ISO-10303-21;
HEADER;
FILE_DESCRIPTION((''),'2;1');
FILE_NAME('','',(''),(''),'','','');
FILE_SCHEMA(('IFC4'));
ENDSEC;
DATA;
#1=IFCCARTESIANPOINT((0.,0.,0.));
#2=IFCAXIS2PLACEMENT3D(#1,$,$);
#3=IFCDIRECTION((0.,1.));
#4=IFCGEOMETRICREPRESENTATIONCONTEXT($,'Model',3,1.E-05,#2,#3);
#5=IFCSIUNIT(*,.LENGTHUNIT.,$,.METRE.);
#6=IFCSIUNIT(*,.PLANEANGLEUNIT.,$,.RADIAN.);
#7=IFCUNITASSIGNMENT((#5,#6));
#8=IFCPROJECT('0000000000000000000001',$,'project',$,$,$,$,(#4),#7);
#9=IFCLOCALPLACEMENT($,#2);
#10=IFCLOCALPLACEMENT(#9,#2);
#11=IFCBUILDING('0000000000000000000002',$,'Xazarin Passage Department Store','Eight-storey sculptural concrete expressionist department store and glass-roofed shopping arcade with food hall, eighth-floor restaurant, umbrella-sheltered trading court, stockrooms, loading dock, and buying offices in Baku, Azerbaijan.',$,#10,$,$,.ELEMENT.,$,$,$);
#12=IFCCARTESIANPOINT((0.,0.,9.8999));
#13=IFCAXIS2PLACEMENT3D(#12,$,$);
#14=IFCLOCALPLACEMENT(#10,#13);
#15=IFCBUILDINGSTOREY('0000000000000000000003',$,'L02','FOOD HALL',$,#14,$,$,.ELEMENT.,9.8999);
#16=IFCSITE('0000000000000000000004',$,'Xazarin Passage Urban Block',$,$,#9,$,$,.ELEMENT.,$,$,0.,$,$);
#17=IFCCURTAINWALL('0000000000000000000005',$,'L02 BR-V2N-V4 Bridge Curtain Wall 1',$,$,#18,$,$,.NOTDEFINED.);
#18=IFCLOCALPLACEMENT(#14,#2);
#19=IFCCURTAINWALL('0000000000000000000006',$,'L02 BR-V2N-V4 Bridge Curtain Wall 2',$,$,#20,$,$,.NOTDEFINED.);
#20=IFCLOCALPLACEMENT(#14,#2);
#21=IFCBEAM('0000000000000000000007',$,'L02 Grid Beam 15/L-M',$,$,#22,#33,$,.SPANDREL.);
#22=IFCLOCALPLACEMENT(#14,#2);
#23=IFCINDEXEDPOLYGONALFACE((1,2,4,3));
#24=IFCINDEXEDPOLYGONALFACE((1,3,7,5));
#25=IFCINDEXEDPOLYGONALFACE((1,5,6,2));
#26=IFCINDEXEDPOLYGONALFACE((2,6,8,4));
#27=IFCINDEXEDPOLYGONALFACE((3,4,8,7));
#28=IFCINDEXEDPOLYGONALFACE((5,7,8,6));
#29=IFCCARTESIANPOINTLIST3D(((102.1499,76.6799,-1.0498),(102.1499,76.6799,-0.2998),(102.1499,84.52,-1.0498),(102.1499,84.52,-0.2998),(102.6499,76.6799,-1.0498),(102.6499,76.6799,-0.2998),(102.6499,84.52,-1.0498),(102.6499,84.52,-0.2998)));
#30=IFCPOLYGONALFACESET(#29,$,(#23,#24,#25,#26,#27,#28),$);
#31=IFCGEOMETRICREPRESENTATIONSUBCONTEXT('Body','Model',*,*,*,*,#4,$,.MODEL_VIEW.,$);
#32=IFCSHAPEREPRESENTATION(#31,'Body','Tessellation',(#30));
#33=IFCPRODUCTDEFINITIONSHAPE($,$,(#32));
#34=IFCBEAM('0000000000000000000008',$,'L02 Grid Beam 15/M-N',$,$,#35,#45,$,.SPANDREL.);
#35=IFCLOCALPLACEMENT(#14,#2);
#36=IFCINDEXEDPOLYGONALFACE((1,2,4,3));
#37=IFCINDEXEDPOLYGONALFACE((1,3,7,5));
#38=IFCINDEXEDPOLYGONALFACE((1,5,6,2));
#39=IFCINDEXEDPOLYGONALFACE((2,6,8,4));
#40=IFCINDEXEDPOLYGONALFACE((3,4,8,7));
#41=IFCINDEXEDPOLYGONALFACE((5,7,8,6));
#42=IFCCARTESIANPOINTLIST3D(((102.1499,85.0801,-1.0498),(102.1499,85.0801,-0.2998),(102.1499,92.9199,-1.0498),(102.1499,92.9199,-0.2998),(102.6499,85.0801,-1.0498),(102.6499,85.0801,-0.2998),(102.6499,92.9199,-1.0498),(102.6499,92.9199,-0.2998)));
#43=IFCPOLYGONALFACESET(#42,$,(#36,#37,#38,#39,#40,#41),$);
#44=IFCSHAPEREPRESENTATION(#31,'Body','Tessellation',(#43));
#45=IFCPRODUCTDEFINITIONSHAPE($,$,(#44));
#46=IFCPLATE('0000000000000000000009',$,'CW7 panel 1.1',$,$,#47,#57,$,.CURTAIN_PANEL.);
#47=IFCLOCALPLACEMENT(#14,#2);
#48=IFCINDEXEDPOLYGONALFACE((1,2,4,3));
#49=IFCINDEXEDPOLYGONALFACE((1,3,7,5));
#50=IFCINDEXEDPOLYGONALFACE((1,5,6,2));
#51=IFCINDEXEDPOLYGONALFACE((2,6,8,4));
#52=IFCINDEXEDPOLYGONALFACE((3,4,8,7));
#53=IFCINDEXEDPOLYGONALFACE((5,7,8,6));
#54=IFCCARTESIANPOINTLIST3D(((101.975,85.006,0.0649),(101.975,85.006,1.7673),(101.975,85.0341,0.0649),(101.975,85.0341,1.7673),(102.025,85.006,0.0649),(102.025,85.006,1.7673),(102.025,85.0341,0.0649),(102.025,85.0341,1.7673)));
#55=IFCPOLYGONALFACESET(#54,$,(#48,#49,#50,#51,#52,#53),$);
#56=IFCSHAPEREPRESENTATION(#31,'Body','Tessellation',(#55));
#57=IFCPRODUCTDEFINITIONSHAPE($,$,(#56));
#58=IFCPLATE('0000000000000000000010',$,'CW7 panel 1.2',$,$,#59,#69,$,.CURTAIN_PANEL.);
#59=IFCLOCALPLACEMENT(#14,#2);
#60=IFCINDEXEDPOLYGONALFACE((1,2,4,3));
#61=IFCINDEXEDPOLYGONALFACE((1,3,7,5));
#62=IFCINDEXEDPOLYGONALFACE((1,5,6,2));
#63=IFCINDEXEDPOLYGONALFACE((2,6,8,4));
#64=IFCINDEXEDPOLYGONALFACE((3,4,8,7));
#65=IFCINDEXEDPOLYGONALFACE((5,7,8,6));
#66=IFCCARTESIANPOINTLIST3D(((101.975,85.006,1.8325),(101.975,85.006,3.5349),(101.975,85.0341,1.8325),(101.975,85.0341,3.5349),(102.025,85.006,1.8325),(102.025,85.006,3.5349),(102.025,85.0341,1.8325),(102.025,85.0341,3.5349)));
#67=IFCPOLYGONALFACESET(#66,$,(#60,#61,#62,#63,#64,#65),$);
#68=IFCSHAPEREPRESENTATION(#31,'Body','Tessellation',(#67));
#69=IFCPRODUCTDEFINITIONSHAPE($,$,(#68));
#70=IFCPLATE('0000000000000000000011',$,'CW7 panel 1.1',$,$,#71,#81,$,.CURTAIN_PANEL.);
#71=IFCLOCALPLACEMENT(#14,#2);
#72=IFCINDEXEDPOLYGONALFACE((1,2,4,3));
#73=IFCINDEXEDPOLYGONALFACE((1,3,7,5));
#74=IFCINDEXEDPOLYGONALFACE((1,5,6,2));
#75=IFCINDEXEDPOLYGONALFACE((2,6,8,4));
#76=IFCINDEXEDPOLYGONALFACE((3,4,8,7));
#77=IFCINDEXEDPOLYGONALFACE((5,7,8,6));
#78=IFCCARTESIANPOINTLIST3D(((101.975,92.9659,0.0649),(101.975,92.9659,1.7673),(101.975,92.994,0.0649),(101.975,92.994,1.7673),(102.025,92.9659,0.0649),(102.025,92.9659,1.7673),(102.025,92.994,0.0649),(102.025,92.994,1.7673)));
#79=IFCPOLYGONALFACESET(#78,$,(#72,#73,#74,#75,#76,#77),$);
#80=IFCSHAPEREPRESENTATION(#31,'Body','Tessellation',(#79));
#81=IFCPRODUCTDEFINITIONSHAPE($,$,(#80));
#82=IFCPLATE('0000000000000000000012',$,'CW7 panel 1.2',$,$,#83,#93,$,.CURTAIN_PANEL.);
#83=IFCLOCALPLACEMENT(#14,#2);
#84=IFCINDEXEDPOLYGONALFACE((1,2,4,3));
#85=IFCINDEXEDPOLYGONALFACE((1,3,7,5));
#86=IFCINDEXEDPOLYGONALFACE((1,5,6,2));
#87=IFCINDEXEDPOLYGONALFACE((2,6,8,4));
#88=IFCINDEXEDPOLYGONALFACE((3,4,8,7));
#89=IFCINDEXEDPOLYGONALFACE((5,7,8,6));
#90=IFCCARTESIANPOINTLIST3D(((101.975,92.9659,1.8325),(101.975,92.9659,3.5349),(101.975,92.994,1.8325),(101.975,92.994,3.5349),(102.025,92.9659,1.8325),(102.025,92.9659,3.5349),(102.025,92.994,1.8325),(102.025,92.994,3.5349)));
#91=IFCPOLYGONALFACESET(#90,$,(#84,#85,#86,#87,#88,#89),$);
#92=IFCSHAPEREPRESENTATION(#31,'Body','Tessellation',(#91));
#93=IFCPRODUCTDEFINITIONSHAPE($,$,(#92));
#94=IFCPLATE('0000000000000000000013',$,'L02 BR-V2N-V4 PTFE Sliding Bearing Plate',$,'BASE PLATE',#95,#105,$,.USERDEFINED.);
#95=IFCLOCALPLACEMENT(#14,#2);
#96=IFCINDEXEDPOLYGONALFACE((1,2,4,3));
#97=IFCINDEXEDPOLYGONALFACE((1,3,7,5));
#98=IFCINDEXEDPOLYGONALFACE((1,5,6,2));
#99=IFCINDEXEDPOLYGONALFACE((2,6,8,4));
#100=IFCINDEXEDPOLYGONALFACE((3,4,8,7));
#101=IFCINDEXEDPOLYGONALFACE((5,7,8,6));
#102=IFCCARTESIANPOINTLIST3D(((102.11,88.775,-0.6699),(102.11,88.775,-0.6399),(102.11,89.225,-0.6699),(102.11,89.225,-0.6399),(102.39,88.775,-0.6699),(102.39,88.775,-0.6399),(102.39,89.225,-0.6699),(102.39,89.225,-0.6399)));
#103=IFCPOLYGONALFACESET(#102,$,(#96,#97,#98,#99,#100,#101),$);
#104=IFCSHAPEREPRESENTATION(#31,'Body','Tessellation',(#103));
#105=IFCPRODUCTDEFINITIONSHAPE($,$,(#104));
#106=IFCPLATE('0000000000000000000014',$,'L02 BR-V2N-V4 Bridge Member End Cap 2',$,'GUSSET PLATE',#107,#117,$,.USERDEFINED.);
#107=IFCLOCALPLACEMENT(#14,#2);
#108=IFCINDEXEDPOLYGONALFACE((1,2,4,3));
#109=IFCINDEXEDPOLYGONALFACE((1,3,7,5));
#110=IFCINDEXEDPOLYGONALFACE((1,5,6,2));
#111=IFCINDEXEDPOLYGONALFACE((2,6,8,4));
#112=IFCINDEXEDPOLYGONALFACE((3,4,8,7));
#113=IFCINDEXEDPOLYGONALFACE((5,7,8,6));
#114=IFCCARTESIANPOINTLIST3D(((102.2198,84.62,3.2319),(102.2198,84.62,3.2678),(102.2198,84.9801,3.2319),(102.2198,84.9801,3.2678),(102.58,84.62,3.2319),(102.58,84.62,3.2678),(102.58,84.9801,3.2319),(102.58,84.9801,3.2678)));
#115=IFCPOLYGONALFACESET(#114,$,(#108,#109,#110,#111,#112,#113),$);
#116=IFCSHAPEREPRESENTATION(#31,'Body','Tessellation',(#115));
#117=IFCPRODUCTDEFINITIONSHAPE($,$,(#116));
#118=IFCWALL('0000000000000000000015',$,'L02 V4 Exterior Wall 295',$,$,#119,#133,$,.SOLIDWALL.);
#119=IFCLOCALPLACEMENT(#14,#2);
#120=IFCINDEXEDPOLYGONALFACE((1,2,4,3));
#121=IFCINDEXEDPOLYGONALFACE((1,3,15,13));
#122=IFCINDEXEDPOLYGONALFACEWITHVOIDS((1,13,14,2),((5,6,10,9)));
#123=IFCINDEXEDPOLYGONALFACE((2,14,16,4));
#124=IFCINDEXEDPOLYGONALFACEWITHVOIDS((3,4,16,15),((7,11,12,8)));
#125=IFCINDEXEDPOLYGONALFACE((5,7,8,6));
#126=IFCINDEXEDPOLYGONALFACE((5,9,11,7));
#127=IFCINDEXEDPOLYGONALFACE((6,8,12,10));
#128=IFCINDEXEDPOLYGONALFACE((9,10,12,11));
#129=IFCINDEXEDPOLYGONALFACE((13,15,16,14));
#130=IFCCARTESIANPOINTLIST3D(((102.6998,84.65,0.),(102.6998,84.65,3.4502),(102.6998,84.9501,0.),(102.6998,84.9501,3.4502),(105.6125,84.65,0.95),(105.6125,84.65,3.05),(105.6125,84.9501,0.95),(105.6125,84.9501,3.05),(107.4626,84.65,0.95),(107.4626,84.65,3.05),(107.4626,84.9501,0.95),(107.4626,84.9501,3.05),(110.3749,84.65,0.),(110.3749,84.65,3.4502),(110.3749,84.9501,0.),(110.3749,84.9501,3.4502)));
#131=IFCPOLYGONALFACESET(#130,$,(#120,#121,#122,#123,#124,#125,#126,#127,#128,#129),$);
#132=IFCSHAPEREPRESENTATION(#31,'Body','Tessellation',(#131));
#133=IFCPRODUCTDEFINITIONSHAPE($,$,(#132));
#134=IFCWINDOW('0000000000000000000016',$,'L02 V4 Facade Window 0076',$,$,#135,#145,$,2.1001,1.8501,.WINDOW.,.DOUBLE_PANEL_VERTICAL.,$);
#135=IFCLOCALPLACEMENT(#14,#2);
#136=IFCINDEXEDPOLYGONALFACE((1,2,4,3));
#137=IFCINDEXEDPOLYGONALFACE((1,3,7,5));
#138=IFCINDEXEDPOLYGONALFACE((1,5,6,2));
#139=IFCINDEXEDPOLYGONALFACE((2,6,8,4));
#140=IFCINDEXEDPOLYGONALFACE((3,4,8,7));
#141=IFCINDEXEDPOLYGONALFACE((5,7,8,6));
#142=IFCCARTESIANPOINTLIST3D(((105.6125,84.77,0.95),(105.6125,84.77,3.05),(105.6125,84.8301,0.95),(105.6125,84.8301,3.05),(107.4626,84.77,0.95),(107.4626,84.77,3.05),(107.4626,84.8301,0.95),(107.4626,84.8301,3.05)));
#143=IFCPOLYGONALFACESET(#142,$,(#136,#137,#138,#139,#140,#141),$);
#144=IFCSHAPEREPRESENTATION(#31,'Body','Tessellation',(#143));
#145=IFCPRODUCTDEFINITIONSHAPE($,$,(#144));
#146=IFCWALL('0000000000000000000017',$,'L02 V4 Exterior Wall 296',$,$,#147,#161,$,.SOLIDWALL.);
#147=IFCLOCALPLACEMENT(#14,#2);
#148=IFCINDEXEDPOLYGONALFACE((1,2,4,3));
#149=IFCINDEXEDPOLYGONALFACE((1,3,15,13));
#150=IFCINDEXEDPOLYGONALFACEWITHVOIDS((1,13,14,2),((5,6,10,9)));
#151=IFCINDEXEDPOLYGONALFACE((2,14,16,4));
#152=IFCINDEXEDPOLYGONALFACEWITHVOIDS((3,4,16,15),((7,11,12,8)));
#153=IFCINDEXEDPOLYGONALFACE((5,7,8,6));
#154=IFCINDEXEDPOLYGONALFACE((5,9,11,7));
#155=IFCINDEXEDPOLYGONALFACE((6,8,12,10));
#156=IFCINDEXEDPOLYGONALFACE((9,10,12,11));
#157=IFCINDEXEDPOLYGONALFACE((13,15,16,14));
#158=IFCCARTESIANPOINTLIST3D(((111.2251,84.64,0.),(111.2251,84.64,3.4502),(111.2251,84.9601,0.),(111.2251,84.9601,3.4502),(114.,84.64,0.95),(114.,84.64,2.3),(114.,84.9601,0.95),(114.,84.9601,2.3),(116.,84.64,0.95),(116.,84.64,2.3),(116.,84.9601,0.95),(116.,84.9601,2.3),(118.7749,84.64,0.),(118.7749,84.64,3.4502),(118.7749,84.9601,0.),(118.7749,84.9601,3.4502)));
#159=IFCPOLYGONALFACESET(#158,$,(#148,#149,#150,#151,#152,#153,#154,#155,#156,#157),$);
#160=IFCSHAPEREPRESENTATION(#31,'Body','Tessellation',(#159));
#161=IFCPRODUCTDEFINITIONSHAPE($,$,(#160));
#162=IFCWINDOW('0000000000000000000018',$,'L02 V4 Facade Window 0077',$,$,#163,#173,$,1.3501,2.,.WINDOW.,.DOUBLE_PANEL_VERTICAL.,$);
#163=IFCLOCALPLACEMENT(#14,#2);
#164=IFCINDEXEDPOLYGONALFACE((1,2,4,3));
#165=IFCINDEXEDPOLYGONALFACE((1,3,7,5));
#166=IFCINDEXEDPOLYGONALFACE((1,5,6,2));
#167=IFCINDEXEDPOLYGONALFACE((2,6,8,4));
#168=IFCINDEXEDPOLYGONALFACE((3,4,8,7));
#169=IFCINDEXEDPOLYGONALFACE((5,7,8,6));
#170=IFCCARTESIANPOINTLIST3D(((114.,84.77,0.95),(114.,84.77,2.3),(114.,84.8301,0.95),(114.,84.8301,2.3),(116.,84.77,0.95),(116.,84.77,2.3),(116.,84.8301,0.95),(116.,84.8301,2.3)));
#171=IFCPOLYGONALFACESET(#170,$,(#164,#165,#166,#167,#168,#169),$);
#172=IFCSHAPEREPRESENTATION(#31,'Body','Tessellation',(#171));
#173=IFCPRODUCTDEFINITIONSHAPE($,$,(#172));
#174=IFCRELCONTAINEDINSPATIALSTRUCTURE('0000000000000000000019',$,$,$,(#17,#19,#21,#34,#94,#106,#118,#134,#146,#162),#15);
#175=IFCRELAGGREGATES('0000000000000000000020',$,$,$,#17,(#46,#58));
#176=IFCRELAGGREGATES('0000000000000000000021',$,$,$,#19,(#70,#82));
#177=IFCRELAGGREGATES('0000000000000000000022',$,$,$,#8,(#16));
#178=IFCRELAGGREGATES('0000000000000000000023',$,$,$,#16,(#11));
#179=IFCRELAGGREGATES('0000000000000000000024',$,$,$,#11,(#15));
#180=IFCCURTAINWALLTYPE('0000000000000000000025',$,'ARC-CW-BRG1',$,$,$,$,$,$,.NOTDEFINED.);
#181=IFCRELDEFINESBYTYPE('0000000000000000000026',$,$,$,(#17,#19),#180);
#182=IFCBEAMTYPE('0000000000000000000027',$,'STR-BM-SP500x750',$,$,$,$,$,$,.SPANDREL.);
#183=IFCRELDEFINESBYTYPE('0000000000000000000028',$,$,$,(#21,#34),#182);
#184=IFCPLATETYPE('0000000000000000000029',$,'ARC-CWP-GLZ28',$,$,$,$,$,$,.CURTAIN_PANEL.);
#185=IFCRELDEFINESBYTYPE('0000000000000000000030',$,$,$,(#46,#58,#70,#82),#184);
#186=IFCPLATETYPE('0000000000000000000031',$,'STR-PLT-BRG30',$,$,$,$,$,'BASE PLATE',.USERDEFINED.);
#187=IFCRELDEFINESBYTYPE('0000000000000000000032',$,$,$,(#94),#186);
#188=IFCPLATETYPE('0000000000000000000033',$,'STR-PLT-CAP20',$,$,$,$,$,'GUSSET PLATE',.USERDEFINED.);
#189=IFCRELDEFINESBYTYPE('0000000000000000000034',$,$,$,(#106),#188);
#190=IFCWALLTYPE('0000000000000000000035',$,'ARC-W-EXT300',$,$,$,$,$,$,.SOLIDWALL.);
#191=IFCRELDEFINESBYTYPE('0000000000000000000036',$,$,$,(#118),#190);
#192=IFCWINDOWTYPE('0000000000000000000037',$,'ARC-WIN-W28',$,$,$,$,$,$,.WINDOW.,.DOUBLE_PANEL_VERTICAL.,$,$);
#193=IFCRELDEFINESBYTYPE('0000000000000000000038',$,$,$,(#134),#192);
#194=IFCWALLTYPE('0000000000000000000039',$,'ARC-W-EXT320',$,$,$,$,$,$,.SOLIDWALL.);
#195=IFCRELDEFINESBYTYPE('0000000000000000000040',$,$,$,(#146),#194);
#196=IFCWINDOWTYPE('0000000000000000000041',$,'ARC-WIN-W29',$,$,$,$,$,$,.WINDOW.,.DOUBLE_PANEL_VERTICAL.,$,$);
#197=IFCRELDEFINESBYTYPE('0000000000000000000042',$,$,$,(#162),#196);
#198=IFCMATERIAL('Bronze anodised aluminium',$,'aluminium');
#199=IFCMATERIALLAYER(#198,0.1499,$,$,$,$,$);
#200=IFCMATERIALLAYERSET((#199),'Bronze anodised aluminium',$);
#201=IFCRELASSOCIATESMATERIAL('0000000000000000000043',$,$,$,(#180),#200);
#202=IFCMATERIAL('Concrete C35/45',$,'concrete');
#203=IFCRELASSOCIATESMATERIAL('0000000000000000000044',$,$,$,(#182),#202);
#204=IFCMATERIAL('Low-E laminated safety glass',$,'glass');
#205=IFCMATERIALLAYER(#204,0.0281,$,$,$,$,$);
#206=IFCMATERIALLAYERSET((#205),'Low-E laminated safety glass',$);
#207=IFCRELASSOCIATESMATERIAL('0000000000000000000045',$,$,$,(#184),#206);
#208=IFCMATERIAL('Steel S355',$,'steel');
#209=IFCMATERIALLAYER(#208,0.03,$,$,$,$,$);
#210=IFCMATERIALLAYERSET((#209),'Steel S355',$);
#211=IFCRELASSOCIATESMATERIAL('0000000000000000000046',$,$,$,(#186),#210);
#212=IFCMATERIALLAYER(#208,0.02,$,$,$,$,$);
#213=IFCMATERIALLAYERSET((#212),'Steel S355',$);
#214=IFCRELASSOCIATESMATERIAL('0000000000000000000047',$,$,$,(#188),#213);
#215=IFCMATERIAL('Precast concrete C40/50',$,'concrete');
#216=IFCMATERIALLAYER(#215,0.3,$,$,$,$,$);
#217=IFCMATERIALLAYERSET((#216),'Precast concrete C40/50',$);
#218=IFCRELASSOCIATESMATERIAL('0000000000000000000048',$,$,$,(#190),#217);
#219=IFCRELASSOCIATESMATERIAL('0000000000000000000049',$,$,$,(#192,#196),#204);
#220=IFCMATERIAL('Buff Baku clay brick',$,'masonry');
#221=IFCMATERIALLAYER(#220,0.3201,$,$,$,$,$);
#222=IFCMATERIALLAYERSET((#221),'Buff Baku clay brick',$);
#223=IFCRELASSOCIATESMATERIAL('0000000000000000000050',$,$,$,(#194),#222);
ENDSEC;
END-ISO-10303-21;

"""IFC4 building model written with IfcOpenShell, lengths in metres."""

from ifc_helpers import new_model, si_unit, direction, frame, frame_2d, origin, origin_2d, place, context, subcontext, project, spatial, rectangle, extrude, material, layer, layer_set, material_profile, profile_set, type_object, element, fill, aggregate, save


model = new_model("IFC4")

# Units and contexts
model_context = context("Model", 3, precision=1e-05, world=origin(), true_north=direction((0.0, 1.0)))
body_context = subcontext(model_context, "Body", "Model", "MODEL_VIEW")
ifc_project = project(units=[si_unit("LENGTHUNIT", "METRE"), si_unit("PLANEANGLEUNIT", "RADIAN")], contexts=[model_context])

# Site, building, storey
site_placement = place(None, origin())
site = spatial("IfcSite", under=ifc_project, at=site_placement, Name="Xazarin Passage Urban Block", CompositionType="ELEMENT", RefElevation=0.0)
building_placement = place(site_placement, origin())
building = spatial("IfcBuilding", under=site, at=building_placement, Name="Xazarin Passage Department Store", Description="Eight-storey sculptural concrete expressionist department store and glass-roofed shopping arcade with food hall, eighth-floor restaurant, umbrella-sheltered trading court, stockrooms, loading dock, and buying offices in Baku, Azerbaijan.", CompositionType="ELEMENT")
storey_placement = place(building_placement, frame((0.0, 0.0, 9.8999)))
storey = spatial("IfcBuildingStorey", under=building, at=storey_placement, Name="L02", Description="FOOD HALL", CompositionType="ELEMENT", Elevation=9.8999)

# Curtain walls
ifc_material_1 = material(Name="Bronze anodised aluminium", Category="aluminium")
ifc_layer_1 = layer(ifc_material_1, 0.1499)
ifc_layer_set_1 = layer_set([ifc_layer_1], Name="Bronze anodised aluminium")
curtain_wall_type = type_object("IfcCurtainWallType", Name="ARC-CW-BRG1", PredefinedType="NOTDEFINED", material=ifc_layer_set_1)
curtain_wall_1_placement = place(storey_placement, origin())
curtain_wall_1 = element("IfcCurtainWall", 1, at=curtain_wall_1_placement, inside=storey, type_object=curtain_wall_type, Name="L02 BR-V2N-V4 Bridge Curtain Wall 1", PredefinedType="NOTDEFINED")
curtain_wall_2_placement = place(storey_placement, origin())
curtain_wall_2 = element("IfcCurtainWall", 2, at=curtain_wall_2_placement, inside=storey, type_object=curtain_wall_type, Name="L02 BR-V2N-V4 Bridge Curtain Wall 2", PredefinedType="NOTDEFINED")

# Beams
ifc_material_2 = material(Name="Steel S355", Category="steel")
ifc_material_3 = material(Name="Concrete C35/45", Category="concrete")
ifc_material_profile_1 = material_profile(ifc_material_3, rectangle(XDim=0.5, YDim=0.75, at=origin_2d()), Name="RC 500x750")
ifc_profile_set_1 = profile_set([ifc_material_profile_1], Name="Concrete C35/45")
beam_type_1 = type_object("IfcBeamType", Name="STR-BM-SP500x750", PredefinedType="SPANDREL", material=ifc_profile_set_1)
beam_1_placement = place(storey_placement, frame((102.3999, 76.6799, -0.6748), z_axis=(0.0, 1.0, 0.0), x_axis=(-1.0, 0.0, 0.0)))
element("IfcBeam", 3, at=beam_1_placement, inside=storey, type_object=beam_type_1, Name="L02 Grid Beam 15/L-M", PredefinedType="SPANDREL", context=body_context, shape_type="SweptSolid", body=[
    extrude(rectangle(XDim=0.5, YDim=0.75, at=origin_2d()), origin(), (0.0, 0.0, 1.0), 7.8401),
])
beam_2_placement = place(storey_placement, frame((102.3999, 85.0801, -0.6748), z_axis=(0.0, 1.0, 0.0), x_axis=(-1.0, 0.0, 0.0)))
element("IfcBeam", 4, at=beam_2_placement, inside=storey, type_object=beam_type_1, Name="L02 Grid Beam 15/M-N", PredefinedType="SPANDREL", context=body_context, shape_type="SweptSolid", body=[
    extrude(rectangle(XDim=0.5, YDim=0.75, at=origin_2d()), origin(), (0.0, 0.0, 1.0), 7.8398),
])

# Plates
ifc_material_4 = material(Name="Low-E laminated safety glass", Category="glass")
ifc_layer_2 = layer(ifc_material_4, 0.0281)
ifc_layer_set_2 = layer_set([ifc_layer_2], Name="Low-E laminated safety glass")
plate_type_1 = type_object("IfcPlateType", Name="ARC-CWP-GLZ28", PredefinedType="CURTAIN_PANEL", material=ifc_layer_set_2)
plate_1_placement = place(storey_placement, frame((102.0, 85.02, 0.0649), z_axis=(0.0, 0.0, 1.0), x_axis=(1.0, 0.0, 0.0)))
plate_1 = element("IfcPlate", 5, at=plate_1_placement, type_object=plate_type_1, Name="CW7 panel 1.1", PredefinedType="CURTAIN_PANEL", context=body_context, shape_type="SweptSolid", body=[
    extrude(rectangle(XDim=0.05, YDim=0.0281, at=origin_2d()), origin(), (0.0, 0.0, 1.0), 1.7024),
])
plate_2_placement = place(storey_placement, frame((102.0, 85.02, 1.8325), z_axis=(0.0, 0.0, 1.0), x_axis=(1.0, 0.0, 0.0)))
plate_2 = element("IfcPlate", 6, at=plate_2_placement, type_object=plate_type_1, Name="CW7 panel 1.2", PredefinedType="CURTAIN_PANEL", context=body_context, shape_type="SweptSolid", body=[
    extrude(rectangle(XDim=0.05, YDim=0.0281, at=origin_2d()), origin(), (0.0, 0.0, 1.0), 1.7024),
])
aggregate(curtain_wall_1, [plate_1, plate_2])
plate_3_placement = place(storey_placement, frame((102.0, 92.98, 0.0649), z_axis=(0.0, 0.0, 1.0), x_axis=(1.0, 0.0, 0.0)))
plate_3 = element("IfcPlate", 7, at=plate_3_placement, type_object=plate_type_1, Name="CW7 panel 1.1", PredefinedType="CURTAIN_PANEL", context=body_context, shape_type="SweptSolid", body=[
    extrude(rectangle(XDim=0.05, YDim=0.0281, at=origin_2d()), origin(), (0.0, 0.0, 1.0), 1.7024),
])
plate_4_placement = place(storey_placement, frame((102.0, 92.98, 1.8325), z_axis=(0.0, 0.0, 1.0), x_axis=(1.0, 0.0, 0.0)))
plate_4 = element("IfcPlate", 8, at=plate_4_placement, type_object=plate_type_1, Name="CW7 panel 1.2", PredefinedType="CURTAIN_PANEL", context=body_context, shape_type="SweptSolid", body=[
    extrude(rectangle(XDim=0.05, YDim=0.0281, at=origin_2d()), origin(), (0.0, 0.0, 1.0), 1.7024),
])
aggregate(curtain_wall_2, [plate_3, plate_4])

# Plates
ifc_layer_3 = layer(ifc_material_2, 0.03)
ifc_layer_set_3 = layer_set([ifc_layer_3], Name="Steel S355")
plate_type_2 = type_object("IfcPlateType", Name="STR-PLT-BRG30", ElementType="BASE PLATE", PredefinedType="USERDEFINED", material=ifc_layer_set_3)
plate_5_placement = place(storey_placement, frame((102.25, 89.0, -0.6699), z_axis=(0.0, 0.0, 1.0), x_axis=(1.0, 0.0, 0.0)))
element("IfcPlate", 9, at=plate_5_placement, inside=storey, type_object=plate_type_2, Name="L02 BR-V2N-V4 PTFE Sliding Bearing Plate", ObjectType="BASE PLATE", PredefinedType="USERDEFINED", context=body_context, shape_type="SweptSolid", body=[
    extrude(rectangle(XDim=0.28, YDim=0.45, at=origin_2d()), origin(), (0.0, 0.0, 1.0), 0.03),
])
ifc_layer_4 = layer(ifc_material_2, 0.02)
ifc_layer_set_4 = layer_set([ifc_layer_4], Name="Steel S355")
plate_type_3 = type_object("IfcPlateType", Name="STR-PLT-CAP20", ElementType="GUSSET PLATE", PredefinedType="USERDEFINED", material=ifc_layer_set_4)
plate_6_placement = place(storey_placement, frame((102.3999, 84.8, 3.2319), z_axis=(0.0, 0.0, 1.0), x_axis=(1.0, 0.0, 0.0)))
element("IfcPlate", 10, at=plate_6_placement, inside=storey, type_object=plate_type_3, Name="L02 BR-V2N-V4 Bridge Member End Cap 2", ObjectType="GUSSET PLATE", PredefinedType="USERDEFINED", context=body_context, shape_type="SweptSolid", body=[
    extrude(rectangle(XDim=0.3601, YDim=0.3601, at=origin_2d()), origin(), (0.0, 0.0, 1.0), 0.0359),
])

# Walls, openings, windows
ifc_material_5 = material(Name="Precast concrete C40/50", Category="concrete")
ifc_layer_5 = layer(ifc_material_5, 0.3)
ifc_layer_set_5 = layer_set([ifc_layer_5], Name="Precast concrete C40/50")
wall_type_1 = type_object("IfcWallType", Name="ARC-W-EXT300", PredefinedType="SOLIDWALL", material=ifc_layer_set_5)
wall_1_placement = place(storey_placement, frame((102.7, 84.8, 0.0), z_axis=(0.0, 0.0, 1.0), x_axis=(1.0, 0.0, 0.0)))
wall_1 = element("IfcWall", 11, at=wall_1_placement, inside=storey, type_object=wall_type_1, Name="L02 V4 Exterior Wall 295", PredefinedType="SOLIDWALL", context=body_context, shape_type="SweptSolid", body=[
    extrude(rectangle(XDim=7.675, YDim=0.3, at=frame_2d((3.8374, 0.0))), origin(), (0.0, 0.0, 1.0), 3.4502),
])
opening_1_placement = place(wall_1_placement, frame((2.9126, 0.0, 0.95)))
opening_1 = element("IfcOpeningElement", 12, at=opening_1_placement, cuts=wall_1, PredefinedType="OPENING", context=body_context, shape_type="SweptSolid", body=[
    extrude(rectangle(XDim=1.8501, YDim=2.1001, at=frame_2d((0.925, 1.05))), frame((0.0, 0.1599, 0.0), z_axis=(0.0, -1.0, 0.0), x_axis=(1.0, 0.0, 0.0)), (0.0, 0.0, 1.0), 0.3201),
])
window_type_1 = type_object("IfcWindowType", Name="ARC-WIN-W28", PartitioningType="DOUBLE_PANEL_VERTICAL", PredefinedType="WINDOW", material=ifc_material_4)
window_1_placement = place(opening_1_placement, origin())
window_1 = element("IfcWindow", 13, at=window_1_placement, inside=storey, type_object=window_type_1, Name="L02 V4 Facade Window 0076", OverallHeight=2.1001, OverallWidth=1.8501, PartitioningType="DOUBLE_PANEL_VERTICAL", PredefinedType="WINDOW", context=body_context, shape_type="SweptSolid", body=[
    extrude(rectangle(XDim=1.8501, YDim=2.1001, at=frame_2d((0.925, 1.05))), frame((0.0, 0.03, 0.0), z_axis=(0.0, -1.0, 0.0), x_axis=(1.0, 0.0, 0.0)), (0.0, 0.0, 1.0), 0.0601),
])
fill(opening_1, window_1)
ifc_material_6 = material(Name="Buff Baku clay brick", Category="masonry")
ifc_layer_6 = layer(ifc_material_6, 0.3201)
ifc_layer_set_6 = layer_set([ifc_layer_6], Name="Buff Baku clay brick")
wall_type_2 = type_object("IfcWallType", Name="ARC-W-EXT320", PredefinedType="SOLIDWALL", material=ifc_layer_set_6)
wall_2_placement = place(storey_placement, frame((111.2251, 84.8, 0.0), z_axis=(0.0, 0.0, 1.0), x_axis=(1.0, 0.0, 0.0)))
wall_2 = element("IfcWall", 14, at=wall_2_placement, inside=storey, type_object=wall_type_2, Name="L02 V4 Exterior Wall 296", PredefinedType="SOLIDWALL", context=body_context, shape_type="SweptSolid", body=[
    extrude(rectangle(XDim=7.5498, YDim=0.3201, at=frame_2d((3.7749, 0.0))), origin(), (0.0, 0.0, 1.0), 3.4502),
])
opening_2_placement = place(wall_2_placement, frame((2.7749, 0.0, 0.95)))
opening_2 = element("IfcOpeningElement", 15, at=opening_2_placement, cuts=wall_2, PredefinedType="OPENING", context=body_context, shape_type="SweptSolid", body=[
    extrude(rectangle(XDim=2.0, YDim=1.3501, at=frame_2d((1.0, 0.675))), frame((0.0, 0.1699, 0.0), z_axis=(0.0, -1.0, 0.0), x_axis=(1.0, 0.0, 0.0)), (0.0, 0.0, 1.0), 0.3401),
])
window_type_2 = type_object("IfcWindowType", Name="ARC-WIN-W29", PartitioningType="DOUBLE_PANEL_VERTICAL", PredefinedType="WINDOW", material=ifc_material_4)
window_2_placement = place(opening_2_placement, origin())
window_2 = element("IfcWindow", 16, at=window_2_placement, inside=storey, type_object=window_type_2, Name="L02 V4 Facade Window 0077", OverallHeight=1.3501, OverallWidth=2.0, PartitioningType="DOUBLE_PANEL_VERTICAL", PredefinedType="WINDOW", context=body_context, shape_type="SweptSolid", body=[
    extrude(rectangle(XDim=2.0, YDim=1.3501, at=frame_2d((1.0, 0.675))), frame((0.0, 0.03, 0.0), z_axis=(0.0, -1.0, 0.0), x_axis=(1.0, 0.0, 0.0)), (0.0, 0.0, 1.0), 0.0601),
])
fill(opening_2, window_2)

save(model, "model.ifc")
